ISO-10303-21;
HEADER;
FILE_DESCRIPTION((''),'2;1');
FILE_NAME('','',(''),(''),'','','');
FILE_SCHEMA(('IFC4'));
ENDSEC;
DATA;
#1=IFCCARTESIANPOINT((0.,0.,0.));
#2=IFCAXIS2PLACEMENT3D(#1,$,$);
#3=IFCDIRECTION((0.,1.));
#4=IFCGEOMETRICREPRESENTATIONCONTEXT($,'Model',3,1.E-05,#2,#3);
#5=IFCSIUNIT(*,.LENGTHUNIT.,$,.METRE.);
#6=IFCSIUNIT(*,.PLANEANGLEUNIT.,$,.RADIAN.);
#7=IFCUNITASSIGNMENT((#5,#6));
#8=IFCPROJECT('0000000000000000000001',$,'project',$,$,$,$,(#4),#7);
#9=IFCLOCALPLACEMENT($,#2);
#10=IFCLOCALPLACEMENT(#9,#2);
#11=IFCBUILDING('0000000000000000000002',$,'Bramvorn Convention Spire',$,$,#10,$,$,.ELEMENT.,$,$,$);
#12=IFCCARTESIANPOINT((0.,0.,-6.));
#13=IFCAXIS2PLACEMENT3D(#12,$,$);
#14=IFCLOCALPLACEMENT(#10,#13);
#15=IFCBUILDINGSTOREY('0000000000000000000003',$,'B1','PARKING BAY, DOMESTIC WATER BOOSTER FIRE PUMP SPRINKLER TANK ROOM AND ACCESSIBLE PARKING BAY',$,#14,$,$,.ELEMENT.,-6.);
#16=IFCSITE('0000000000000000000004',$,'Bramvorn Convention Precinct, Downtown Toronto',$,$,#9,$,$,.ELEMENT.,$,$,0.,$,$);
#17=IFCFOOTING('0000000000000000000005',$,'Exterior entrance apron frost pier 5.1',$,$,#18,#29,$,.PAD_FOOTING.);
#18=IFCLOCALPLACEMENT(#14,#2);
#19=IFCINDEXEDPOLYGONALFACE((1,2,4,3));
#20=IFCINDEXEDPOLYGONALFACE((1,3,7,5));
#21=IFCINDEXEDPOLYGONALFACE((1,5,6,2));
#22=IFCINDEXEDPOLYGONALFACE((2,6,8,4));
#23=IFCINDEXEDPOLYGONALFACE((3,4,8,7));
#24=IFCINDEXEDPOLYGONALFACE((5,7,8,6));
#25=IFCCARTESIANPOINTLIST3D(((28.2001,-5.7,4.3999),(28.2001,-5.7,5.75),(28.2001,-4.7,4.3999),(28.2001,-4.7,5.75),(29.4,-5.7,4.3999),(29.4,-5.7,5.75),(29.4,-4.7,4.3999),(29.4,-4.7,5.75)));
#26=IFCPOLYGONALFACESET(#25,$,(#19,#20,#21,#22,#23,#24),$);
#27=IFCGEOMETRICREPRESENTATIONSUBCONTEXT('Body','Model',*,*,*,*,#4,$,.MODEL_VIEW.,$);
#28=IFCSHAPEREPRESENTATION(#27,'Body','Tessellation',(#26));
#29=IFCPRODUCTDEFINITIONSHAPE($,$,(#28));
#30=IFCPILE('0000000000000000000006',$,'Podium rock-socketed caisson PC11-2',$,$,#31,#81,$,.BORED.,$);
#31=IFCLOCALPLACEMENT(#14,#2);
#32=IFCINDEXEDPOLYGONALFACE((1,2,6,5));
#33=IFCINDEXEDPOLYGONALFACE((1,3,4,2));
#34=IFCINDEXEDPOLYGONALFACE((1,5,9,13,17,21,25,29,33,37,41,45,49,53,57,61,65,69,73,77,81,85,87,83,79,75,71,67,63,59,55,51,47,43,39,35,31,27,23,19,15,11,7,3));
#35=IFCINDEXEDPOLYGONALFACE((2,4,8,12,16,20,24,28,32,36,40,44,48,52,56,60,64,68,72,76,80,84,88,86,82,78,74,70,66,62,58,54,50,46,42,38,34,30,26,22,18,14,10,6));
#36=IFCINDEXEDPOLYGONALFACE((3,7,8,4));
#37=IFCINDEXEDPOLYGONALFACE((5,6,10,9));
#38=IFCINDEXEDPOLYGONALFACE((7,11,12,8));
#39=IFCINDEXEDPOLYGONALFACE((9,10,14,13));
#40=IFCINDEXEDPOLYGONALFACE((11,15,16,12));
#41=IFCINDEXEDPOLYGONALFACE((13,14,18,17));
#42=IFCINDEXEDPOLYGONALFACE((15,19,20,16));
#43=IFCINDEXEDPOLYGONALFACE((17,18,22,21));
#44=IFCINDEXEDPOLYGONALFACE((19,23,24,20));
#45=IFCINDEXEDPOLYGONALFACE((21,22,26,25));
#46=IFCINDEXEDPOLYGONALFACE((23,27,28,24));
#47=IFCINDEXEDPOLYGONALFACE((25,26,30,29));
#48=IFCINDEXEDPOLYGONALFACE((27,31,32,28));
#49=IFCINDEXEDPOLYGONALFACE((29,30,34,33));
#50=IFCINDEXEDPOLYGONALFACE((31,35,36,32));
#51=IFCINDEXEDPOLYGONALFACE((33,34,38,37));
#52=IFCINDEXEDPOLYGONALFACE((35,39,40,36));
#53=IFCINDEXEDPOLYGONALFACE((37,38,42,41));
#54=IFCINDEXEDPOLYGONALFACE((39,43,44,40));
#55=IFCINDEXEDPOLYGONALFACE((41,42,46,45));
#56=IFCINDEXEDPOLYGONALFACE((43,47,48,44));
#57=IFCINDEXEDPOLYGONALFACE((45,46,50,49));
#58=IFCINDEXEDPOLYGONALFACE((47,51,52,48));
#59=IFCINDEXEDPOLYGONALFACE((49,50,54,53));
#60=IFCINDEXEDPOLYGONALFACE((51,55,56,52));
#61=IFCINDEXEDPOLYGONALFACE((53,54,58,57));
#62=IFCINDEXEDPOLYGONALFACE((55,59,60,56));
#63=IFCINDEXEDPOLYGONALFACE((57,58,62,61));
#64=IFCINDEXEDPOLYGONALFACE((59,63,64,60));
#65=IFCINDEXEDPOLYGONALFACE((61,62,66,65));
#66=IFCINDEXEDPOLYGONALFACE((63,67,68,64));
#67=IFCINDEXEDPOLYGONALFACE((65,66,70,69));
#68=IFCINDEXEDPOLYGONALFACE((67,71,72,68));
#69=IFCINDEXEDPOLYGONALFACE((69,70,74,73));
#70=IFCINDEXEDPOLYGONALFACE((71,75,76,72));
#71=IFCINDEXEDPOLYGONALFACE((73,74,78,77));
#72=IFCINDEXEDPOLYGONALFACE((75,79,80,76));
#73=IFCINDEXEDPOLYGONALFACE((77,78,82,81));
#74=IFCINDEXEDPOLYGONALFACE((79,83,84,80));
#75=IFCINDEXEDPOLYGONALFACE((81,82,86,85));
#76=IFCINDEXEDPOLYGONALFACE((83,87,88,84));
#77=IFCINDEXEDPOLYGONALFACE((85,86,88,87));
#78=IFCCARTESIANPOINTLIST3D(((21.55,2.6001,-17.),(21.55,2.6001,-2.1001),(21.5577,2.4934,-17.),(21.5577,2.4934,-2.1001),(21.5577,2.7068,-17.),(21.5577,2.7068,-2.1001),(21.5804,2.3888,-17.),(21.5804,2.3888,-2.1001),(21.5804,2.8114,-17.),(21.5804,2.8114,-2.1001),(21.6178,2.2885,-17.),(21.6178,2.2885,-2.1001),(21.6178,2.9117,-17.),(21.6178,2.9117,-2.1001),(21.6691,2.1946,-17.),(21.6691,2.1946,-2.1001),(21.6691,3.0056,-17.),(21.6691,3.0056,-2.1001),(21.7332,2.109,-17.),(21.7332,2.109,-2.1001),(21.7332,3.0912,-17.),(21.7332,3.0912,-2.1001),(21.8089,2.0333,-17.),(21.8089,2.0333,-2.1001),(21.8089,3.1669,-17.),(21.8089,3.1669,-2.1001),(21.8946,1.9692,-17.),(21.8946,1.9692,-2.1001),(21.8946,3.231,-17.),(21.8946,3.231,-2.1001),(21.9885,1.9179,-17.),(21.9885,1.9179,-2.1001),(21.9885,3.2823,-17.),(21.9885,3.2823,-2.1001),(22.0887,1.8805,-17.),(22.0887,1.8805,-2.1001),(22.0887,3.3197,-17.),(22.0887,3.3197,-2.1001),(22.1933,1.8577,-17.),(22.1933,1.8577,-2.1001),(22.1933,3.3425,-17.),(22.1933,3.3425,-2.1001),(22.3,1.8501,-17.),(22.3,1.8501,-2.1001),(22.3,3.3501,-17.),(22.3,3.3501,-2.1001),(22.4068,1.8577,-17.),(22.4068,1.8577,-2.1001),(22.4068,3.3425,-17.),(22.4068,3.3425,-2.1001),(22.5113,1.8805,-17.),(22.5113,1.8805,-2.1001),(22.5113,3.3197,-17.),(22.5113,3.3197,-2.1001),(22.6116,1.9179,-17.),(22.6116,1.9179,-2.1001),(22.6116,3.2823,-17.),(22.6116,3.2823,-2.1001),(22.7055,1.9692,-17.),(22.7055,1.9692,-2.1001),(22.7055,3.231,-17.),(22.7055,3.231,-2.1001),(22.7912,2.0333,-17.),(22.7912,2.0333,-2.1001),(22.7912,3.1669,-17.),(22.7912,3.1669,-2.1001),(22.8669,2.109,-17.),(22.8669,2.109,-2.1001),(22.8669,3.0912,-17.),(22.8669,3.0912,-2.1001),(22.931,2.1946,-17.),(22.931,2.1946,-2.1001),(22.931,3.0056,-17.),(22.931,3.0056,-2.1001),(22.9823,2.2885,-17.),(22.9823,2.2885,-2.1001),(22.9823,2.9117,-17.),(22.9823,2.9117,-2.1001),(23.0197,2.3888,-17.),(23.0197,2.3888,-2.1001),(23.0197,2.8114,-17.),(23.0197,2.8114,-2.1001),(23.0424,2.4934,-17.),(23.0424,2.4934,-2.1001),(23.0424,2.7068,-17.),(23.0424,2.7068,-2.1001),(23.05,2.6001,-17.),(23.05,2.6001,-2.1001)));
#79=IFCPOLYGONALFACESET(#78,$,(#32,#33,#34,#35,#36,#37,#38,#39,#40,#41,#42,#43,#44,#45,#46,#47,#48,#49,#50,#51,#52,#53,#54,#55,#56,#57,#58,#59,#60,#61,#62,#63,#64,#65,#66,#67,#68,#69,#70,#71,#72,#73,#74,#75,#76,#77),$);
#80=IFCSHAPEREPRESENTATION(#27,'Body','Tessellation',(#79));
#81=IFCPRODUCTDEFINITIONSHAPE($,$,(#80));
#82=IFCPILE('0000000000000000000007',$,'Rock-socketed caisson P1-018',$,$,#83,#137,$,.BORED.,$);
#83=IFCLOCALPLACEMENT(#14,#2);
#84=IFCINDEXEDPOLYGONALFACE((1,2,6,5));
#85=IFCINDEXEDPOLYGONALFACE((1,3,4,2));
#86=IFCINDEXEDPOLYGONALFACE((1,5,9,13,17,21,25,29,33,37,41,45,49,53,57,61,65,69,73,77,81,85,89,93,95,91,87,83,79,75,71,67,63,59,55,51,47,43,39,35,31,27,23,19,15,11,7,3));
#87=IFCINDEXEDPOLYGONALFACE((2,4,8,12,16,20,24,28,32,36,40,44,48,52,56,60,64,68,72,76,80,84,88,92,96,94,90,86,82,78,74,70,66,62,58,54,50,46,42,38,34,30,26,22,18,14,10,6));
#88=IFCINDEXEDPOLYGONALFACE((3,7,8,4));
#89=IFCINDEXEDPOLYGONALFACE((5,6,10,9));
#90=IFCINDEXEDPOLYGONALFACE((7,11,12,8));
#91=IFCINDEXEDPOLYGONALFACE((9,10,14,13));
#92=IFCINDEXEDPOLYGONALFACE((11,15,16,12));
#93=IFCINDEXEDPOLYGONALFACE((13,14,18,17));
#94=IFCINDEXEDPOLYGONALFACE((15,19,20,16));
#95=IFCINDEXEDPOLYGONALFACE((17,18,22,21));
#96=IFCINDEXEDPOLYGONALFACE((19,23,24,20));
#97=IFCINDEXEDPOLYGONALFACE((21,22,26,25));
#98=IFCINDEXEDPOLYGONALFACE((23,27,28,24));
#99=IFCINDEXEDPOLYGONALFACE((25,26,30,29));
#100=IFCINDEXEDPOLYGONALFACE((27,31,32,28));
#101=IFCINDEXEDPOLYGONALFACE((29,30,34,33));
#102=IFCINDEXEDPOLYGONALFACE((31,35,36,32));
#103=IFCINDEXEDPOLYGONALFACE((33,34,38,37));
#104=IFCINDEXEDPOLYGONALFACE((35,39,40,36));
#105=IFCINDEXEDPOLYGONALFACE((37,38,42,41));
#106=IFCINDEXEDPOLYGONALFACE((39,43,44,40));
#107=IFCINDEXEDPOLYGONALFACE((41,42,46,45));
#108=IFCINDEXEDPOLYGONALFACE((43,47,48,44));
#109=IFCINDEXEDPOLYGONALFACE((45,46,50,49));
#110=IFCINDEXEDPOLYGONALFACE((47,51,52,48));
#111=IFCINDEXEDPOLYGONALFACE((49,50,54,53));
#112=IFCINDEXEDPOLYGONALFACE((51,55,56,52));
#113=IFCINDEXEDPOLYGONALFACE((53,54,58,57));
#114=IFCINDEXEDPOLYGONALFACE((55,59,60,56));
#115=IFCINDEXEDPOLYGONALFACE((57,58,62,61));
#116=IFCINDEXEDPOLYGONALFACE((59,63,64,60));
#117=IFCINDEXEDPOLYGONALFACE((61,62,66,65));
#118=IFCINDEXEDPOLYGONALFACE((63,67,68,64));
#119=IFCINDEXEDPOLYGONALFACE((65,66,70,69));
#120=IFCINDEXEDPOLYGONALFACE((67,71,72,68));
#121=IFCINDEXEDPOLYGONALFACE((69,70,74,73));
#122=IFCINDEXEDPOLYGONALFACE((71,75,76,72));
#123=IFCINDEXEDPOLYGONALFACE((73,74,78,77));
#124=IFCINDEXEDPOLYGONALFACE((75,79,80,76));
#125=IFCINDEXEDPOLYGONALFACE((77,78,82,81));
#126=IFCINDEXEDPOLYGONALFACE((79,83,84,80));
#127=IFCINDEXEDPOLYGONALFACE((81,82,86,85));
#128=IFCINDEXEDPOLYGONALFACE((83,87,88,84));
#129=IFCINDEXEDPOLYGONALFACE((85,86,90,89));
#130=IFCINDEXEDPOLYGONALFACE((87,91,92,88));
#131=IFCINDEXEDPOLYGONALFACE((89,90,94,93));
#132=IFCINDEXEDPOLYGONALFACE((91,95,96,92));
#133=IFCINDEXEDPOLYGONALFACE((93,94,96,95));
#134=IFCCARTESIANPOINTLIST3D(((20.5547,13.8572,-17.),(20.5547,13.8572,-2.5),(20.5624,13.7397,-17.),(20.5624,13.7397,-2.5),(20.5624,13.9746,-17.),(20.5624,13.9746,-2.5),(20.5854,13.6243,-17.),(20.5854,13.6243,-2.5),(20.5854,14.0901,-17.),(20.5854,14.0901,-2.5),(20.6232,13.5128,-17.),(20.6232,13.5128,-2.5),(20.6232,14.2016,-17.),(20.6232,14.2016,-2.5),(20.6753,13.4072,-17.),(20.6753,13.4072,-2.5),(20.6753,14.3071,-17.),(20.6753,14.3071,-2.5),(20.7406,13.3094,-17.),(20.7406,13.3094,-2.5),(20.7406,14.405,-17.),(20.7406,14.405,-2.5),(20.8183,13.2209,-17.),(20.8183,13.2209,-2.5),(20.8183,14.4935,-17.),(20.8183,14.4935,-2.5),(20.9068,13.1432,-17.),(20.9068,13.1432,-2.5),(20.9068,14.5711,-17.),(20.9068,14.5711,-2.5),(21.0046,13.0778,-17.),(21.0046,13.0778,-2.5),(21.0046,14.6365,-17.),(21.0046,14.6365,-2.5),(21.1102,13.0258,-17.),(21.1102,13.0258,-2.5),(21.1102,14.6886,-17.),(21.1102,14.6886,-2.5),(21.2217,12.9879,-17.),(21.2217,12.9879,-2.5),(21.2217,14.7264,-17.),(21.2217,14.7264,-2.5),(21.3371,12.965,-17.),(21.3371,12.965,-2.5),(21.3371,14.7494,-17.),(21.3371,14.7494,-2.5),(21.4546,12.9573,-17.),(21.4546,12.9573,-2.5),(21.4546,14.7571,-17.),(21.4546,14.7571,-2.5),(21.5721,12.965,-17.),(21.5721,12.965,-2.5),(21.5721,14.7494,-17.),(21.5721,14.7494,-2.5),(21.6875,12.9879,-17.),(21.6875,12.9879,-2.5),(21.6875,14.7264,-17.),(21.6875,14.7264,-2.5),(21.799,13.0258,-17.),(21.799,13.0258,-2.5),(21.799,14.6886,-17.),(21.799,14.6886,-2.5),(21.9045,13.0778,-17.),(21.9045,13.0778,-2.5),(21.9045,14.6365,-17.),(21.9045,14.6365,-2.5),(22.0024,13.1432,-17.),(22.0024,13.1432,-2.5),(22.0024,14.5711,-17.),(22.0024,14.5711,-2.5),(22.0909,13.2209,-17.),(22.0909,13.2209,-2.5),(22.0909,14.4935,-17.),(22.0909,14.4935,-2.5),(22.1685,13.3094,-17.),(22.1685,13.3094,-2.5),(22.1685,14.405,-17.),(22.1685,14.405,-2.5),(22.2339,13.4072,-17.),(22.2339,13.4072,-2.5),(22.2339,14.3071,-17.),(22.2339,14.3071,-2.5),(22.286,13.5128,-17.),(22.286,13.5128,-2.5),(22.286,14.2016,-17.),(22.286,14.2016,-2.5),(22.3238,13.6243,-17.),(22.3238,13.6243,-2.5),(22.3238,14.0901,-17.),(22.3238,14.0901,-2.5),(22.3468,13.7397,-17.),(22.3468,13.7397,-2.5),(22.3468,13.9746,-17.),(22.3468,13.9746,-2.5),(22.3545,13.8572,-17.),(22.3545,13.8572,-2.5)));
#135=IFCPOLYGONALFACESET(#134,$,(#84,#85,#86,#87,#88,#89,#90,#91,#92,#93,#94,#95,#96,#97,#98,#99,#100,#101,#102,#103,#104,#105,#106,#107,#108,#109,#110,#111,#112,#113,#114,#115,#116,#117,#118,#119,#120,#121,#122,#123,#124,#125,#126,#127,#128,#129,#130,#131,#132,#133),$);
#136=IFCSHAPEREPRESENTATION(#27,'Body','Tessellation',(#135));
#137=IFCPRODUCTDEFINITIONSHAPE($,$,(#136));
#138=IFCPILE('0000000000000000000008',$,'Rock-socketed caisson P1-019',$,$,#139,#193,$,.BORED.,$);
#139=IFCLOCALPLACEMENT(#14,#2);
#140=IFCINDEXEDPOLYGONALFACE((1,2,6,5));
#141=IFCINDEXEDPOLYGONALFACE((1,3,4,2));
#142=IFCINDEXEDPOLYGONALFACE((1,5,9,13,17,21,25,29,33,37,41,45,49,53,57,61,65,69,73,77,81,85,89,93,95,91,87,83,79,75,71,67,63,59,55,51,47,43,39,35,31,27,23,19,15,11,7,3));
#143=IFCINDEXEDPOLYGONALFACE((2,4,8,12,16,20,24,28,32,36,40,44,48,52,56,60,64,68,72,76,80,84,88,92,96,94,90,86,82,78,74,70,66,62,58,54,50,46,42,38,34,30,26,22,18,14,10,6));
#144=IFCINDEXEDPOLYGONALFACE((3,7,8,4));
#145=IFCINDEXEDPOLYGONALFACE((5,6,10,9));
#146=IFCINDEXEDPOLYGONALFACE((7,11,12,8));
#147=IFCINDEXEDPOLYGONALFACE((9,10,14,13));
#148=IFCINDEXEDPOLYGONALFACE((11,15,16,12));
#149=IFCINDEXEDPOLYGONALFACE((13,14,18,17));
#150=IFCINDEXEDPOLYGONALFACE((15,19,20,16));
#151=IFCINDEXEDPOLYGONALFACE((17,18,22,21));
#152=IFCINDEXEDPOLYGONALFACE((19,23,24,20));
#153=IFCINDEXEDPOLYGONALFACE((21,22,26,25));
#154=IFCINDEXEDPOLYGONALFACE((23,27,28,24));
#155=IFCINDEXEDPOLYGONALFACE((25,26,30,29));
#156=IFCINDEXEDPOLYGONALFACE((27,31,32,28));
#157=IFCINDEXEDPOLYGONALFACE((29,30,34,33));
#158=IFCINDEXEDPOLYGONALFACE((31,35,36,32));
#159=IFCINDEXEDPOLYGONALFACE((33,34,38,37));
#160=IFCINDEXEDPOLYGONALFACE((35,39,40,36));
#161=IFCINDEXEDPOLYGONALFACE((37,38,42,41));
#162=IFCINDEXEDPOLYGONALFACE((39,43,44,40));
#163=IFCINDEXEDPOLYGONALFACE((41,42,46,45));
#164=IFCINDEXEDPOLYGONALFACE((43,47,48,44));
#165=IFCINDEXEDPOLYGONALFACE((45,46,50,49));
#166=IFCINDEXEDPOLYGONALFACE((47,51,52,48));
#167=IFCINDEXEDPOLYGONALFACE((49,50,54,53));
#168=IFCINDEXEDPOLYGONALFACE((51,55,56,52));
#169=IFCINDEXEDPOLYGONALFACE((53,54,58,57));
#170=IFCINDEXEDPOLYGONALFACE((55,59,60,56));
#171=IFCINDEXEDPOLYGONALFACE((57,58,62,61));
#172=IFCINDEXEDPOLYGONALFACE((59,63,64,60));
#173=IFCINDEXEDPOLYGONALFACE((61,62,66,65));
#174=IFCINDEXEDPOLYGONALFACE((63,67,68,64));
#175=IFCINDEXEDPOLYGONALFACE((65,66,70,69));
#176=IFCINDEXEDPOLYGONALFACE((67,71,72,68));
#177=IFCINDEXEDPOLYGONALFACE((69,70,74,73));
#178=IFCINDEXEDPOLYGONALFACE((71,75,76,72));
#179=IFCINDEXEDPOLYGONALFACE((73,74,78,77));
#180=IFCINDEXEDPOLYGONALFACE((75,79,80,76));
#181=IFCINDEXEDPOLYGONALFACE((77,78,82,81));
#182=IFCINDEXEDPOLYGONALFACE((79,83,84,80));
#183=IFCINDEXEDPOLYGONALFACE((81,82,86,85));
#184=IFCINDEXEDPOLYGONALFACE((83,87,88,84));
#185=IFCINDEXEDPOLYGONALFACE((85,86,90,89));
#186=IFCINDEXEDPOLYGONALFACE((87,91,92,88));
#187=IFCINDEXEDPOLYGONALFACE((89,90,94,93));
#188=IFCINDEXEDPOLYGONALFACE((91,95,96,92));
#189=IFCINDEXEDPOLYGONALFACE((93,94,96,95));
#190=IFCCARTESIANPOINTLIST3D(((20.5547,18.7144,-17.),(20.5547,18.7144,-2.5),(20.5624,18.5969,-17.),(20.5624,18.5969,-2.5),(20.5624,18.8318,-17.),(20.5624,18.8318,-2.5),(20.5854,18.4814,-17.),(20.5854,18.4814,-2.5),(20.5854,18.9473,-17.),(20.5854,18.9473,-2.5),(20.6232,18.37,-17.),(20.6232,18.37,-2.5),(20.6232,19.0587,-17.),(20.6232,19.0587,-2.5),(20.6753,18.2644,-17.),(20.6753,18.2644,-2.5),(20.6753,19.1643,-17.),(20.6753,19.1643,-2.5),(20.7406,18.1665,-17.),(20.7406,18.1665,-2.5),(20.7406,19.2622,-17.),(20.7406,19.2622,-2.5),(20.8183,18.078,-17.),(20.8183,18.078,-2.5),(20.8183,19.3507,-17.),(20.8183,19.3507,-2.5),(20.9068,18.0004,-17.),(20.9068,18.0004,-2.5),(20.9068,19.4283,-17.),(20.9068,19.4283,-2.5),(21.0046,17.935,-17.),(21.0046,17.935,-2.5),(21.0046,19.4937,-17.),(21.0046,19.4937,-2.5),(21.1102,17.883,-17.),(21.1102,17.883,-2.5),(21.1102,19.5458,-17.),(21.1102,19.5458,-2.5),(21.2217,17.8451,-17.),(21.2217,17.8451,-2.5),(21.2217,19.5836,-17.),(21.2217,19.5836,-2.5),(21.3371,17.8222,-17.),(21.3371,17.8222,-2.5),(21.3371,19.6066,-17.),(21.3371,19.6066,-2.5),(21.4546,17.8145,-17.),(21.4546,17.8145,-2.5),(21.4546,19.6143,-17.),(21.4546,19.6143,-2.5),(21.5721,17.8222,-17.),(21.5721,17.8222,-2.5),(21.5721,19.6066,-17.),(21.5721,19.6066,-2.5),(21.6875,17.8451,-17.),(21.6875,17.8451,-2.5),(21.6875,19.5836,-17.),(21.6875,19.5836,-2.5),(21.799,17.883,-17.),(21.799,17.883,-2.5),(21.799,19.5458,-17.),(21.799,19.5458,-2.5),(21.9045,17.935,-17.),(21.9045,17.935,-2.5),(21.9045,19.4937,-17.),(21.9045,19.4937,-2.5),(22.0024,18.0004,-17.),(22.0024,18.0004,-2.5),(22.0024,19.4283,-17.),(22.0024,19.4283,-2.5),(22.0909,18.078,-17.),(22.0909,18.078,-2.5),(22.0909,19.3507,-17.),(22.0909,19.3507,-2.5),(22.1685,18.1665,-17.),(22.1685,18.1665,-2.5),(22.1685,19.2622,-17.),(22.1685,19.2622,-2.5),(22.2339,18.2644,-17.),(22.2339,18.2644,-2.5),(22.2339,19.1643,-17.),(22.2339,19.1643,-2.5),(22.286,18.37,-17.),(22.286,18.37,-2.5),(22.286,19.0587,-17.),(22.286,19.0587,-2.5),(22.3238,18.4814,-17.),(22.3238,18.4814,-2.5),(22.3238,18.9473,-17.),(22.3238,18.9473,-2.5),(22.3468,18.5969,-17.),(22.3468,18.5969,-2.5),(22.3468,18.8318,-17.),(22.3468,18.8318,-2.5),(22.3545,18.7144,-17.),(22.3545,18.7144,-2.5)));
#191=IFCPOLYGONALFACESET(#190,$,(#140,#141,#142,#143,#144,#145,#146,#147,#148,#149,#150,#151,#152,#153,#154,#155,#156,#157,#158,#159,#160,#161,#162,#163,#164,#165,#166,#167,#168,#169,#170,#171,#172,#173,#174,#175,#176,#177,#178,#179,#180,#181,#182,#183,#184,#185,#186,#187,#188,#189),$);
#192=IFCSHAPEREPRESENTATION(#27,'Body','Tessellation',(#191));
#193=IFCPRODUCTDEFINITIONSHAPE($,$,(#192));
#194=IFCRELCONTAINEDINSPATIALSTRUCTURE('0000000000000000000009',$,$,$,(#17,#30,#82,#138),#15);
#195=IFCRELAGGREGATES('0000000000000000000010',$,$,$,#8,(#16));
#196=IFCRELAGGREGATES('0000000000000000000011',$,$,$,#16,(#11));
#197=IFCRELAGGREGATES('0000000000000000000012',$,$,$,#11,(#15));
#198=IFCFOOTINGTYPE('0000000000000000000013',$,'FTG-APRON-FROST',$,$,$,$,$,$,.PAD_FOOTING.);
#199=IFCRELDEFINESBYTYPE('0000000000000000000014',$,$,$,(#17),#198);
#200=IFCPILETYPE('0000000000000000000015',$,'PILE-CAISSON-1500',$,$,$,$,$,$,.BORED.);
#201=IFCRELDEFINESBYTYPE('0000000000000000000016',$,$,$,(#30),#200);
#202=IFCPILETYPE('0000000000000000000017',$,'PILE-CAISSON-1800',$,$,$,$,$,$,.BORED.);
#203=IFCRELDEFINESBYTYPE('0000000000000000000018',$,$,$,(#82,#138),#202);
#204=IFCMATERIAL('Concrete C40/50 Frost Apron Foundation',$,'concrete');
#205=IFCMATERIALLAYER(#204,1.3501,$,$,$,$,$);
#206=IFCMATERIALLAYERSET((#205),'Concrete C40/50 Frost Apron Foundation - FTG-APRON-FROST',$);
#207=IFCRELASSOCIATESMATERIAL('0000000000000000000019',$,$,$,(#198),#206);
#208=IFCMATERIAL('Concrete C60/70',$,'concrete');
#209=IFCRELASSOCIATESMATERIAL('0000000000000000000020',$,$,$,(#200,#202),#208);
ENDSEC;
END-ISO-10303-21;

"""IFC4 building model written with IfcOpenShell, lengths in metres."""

from ifc_helpers import new_model, si_unit, direction, frame, origin, origin_2d, place, context, subcontext, project, spatial, rectangle, circle, extrude, material, layer, layer_set, material_profile, profile_set, type_object, element, save


model = new_model("IFC4")

# Units and contexts
model_context = context("Model", 3, precision=1e-05, world=origin(), true_north=direction((0.0, 1.0)))
body_context = subcontext(model_context, "Body", "Model", "MODEL_VIEW")
ifc_project = project(units=[si_unit("LENGTHUNIT", "METRE"), si_unit("PLANEANGLEUNIT", "RADIAN")], contexts=[model_context])

# Site, building, storey
site_placement = place(None, origin())
site = spatial("IfcSite", under=ifc_project, at=site_placement, Name="Bramvorn Convention Precinct, Downtown Toronto", CompositionType="ELEMENT", RefElevation=0.0)
building_placement = place(site_placement, origin())
building = spatial("IfcBuilding", under=site, at=building_placement, Name="Bramvorn Convention Spire", CompositionType="ELEMENT")
storey_placement = place(building_placement, frame((0.0, 0.0, -6.0)))
storey = spatial("IfcBuildingStorey", under=building, at=storey_placement, Name="B1", Description="PARKING BAY, DOMESTIC WATER BOOSTER FIRE PUMP SPRINKLER TANK ROOM AND ACCESSIBLE PARKING BAY", CompositionType="ELEMENT", Elevation=-6.0)

# Footing
ifc_material_1 = material(Name="Concrete C40/50 Frost Apron Foundation", Category="concrete")
ifc_layer_1 = layer(ifc_material_1, 1.3501)
ifc_layer_set_1 = layer_set([ifc_layer_1], Name="Concrete C40/50 Frost Apron Foundation - FTG-APRON-FROST")
footing_type = type_object("IfcFootingType", Name="FTG-APRON-FROST", PredefinedType="PAD_FOOTING", material=ifc_layer_set_1)
footing_placement = place(storey_placement, frame((28.8, -5.2, 4.3999), z_axis=(0.0, 0.0, 1.0), x_axis=(1.0, 0.0, 0.0)))
element("IfcFooting", 1, at=footing_placement, inside=storey, type_object=footing_type, Name="Exterior entrance apron frost pier 5.1", PredefinedType="PAD_FOOTING", context=body_context, shape_type="SweptSolid", body=[
    extrude(rectangle(XDim=1.2, YDim=1.0, at=origin_2d()), origin(), (0.0, 0.0, 1.0), 1.3501),
])

# Piles
ifc_material_2 = material(Name="Concrete C60/70", Category="concrete")
ifc_material_profile_1 = material_profile(ifc_material_2, circle(Radius=0.75, at=origin_2d()))
ifc_profile_set_1 = profile_set([ifc_material_profile_1], Name="Concrete C60/70 - CAISSON1500")
pile_type_1 = type_object("IfcPileType", Name="PILE-CAISSON-1500", PredefinedType="BORED", material=ifc_profile_set_1)
pile_placement = place(storey_placement, frame((22.3, 2.6001, -2.1001), z_axis=(0.0, 0.0, -1.0), x_axis=(1.0, 0.0, 0.0)))
element("IfcPile", 2, at=pile_placement, inside=storey, type_object=pile_type_1, Name="Podium rock-socketed caisson PC11-2", PredefinedType="BORED", context=body_context, shape_type="SweptSolid", body=[
    extrude(circle(Radius=0.75, at=origin_2d()), origin(), (0.0, 0.0, 1.0), 14.8999),
])
ifc_material_profile_2 = material_profile(ifc_material_2, circle(Radius=0.8999, at=origin_2d()))
ifc_profile_set_2 = profile_set([ifc_material_profile_2], Name="Concrete C60/70 - CAISSON1800")
pile_type_2 = type_object("IfcPileType", Name="PILE-CAISSON-1800", PredefinedType="BORED", material=ifc_profile_set_2)
for number, where, z_axis, x_axis, name in (
    (3, (21.4546, 13.8572, -2.5), (0.0, 0.0, -1.0), (1.0, 0.0, 0.0), "Rock-socketed caisson P1-018"),
    (4, (21.4546, 18.7144, -2.5), (0.0, 0.0, -1.0), (1.0, 0.0, 0.0), "Rock-socketed caisson P1-019"),
):
    element("IfcPile", number, at=place(storey_placement, frame(where, z_axis=z_axis, x_axis=x_axis)), inside=storey, type_object=pile_type_2, Name=name, PredefinedType="BORED", context=body_context, shape_type="SweptSolid", body=[
        extrude(circle(Radius=0.8999, at=origin_2d()), origin(), (0.0, 0.0, 1.0), 14.5),
    ])

save(model, "model.ifc")
